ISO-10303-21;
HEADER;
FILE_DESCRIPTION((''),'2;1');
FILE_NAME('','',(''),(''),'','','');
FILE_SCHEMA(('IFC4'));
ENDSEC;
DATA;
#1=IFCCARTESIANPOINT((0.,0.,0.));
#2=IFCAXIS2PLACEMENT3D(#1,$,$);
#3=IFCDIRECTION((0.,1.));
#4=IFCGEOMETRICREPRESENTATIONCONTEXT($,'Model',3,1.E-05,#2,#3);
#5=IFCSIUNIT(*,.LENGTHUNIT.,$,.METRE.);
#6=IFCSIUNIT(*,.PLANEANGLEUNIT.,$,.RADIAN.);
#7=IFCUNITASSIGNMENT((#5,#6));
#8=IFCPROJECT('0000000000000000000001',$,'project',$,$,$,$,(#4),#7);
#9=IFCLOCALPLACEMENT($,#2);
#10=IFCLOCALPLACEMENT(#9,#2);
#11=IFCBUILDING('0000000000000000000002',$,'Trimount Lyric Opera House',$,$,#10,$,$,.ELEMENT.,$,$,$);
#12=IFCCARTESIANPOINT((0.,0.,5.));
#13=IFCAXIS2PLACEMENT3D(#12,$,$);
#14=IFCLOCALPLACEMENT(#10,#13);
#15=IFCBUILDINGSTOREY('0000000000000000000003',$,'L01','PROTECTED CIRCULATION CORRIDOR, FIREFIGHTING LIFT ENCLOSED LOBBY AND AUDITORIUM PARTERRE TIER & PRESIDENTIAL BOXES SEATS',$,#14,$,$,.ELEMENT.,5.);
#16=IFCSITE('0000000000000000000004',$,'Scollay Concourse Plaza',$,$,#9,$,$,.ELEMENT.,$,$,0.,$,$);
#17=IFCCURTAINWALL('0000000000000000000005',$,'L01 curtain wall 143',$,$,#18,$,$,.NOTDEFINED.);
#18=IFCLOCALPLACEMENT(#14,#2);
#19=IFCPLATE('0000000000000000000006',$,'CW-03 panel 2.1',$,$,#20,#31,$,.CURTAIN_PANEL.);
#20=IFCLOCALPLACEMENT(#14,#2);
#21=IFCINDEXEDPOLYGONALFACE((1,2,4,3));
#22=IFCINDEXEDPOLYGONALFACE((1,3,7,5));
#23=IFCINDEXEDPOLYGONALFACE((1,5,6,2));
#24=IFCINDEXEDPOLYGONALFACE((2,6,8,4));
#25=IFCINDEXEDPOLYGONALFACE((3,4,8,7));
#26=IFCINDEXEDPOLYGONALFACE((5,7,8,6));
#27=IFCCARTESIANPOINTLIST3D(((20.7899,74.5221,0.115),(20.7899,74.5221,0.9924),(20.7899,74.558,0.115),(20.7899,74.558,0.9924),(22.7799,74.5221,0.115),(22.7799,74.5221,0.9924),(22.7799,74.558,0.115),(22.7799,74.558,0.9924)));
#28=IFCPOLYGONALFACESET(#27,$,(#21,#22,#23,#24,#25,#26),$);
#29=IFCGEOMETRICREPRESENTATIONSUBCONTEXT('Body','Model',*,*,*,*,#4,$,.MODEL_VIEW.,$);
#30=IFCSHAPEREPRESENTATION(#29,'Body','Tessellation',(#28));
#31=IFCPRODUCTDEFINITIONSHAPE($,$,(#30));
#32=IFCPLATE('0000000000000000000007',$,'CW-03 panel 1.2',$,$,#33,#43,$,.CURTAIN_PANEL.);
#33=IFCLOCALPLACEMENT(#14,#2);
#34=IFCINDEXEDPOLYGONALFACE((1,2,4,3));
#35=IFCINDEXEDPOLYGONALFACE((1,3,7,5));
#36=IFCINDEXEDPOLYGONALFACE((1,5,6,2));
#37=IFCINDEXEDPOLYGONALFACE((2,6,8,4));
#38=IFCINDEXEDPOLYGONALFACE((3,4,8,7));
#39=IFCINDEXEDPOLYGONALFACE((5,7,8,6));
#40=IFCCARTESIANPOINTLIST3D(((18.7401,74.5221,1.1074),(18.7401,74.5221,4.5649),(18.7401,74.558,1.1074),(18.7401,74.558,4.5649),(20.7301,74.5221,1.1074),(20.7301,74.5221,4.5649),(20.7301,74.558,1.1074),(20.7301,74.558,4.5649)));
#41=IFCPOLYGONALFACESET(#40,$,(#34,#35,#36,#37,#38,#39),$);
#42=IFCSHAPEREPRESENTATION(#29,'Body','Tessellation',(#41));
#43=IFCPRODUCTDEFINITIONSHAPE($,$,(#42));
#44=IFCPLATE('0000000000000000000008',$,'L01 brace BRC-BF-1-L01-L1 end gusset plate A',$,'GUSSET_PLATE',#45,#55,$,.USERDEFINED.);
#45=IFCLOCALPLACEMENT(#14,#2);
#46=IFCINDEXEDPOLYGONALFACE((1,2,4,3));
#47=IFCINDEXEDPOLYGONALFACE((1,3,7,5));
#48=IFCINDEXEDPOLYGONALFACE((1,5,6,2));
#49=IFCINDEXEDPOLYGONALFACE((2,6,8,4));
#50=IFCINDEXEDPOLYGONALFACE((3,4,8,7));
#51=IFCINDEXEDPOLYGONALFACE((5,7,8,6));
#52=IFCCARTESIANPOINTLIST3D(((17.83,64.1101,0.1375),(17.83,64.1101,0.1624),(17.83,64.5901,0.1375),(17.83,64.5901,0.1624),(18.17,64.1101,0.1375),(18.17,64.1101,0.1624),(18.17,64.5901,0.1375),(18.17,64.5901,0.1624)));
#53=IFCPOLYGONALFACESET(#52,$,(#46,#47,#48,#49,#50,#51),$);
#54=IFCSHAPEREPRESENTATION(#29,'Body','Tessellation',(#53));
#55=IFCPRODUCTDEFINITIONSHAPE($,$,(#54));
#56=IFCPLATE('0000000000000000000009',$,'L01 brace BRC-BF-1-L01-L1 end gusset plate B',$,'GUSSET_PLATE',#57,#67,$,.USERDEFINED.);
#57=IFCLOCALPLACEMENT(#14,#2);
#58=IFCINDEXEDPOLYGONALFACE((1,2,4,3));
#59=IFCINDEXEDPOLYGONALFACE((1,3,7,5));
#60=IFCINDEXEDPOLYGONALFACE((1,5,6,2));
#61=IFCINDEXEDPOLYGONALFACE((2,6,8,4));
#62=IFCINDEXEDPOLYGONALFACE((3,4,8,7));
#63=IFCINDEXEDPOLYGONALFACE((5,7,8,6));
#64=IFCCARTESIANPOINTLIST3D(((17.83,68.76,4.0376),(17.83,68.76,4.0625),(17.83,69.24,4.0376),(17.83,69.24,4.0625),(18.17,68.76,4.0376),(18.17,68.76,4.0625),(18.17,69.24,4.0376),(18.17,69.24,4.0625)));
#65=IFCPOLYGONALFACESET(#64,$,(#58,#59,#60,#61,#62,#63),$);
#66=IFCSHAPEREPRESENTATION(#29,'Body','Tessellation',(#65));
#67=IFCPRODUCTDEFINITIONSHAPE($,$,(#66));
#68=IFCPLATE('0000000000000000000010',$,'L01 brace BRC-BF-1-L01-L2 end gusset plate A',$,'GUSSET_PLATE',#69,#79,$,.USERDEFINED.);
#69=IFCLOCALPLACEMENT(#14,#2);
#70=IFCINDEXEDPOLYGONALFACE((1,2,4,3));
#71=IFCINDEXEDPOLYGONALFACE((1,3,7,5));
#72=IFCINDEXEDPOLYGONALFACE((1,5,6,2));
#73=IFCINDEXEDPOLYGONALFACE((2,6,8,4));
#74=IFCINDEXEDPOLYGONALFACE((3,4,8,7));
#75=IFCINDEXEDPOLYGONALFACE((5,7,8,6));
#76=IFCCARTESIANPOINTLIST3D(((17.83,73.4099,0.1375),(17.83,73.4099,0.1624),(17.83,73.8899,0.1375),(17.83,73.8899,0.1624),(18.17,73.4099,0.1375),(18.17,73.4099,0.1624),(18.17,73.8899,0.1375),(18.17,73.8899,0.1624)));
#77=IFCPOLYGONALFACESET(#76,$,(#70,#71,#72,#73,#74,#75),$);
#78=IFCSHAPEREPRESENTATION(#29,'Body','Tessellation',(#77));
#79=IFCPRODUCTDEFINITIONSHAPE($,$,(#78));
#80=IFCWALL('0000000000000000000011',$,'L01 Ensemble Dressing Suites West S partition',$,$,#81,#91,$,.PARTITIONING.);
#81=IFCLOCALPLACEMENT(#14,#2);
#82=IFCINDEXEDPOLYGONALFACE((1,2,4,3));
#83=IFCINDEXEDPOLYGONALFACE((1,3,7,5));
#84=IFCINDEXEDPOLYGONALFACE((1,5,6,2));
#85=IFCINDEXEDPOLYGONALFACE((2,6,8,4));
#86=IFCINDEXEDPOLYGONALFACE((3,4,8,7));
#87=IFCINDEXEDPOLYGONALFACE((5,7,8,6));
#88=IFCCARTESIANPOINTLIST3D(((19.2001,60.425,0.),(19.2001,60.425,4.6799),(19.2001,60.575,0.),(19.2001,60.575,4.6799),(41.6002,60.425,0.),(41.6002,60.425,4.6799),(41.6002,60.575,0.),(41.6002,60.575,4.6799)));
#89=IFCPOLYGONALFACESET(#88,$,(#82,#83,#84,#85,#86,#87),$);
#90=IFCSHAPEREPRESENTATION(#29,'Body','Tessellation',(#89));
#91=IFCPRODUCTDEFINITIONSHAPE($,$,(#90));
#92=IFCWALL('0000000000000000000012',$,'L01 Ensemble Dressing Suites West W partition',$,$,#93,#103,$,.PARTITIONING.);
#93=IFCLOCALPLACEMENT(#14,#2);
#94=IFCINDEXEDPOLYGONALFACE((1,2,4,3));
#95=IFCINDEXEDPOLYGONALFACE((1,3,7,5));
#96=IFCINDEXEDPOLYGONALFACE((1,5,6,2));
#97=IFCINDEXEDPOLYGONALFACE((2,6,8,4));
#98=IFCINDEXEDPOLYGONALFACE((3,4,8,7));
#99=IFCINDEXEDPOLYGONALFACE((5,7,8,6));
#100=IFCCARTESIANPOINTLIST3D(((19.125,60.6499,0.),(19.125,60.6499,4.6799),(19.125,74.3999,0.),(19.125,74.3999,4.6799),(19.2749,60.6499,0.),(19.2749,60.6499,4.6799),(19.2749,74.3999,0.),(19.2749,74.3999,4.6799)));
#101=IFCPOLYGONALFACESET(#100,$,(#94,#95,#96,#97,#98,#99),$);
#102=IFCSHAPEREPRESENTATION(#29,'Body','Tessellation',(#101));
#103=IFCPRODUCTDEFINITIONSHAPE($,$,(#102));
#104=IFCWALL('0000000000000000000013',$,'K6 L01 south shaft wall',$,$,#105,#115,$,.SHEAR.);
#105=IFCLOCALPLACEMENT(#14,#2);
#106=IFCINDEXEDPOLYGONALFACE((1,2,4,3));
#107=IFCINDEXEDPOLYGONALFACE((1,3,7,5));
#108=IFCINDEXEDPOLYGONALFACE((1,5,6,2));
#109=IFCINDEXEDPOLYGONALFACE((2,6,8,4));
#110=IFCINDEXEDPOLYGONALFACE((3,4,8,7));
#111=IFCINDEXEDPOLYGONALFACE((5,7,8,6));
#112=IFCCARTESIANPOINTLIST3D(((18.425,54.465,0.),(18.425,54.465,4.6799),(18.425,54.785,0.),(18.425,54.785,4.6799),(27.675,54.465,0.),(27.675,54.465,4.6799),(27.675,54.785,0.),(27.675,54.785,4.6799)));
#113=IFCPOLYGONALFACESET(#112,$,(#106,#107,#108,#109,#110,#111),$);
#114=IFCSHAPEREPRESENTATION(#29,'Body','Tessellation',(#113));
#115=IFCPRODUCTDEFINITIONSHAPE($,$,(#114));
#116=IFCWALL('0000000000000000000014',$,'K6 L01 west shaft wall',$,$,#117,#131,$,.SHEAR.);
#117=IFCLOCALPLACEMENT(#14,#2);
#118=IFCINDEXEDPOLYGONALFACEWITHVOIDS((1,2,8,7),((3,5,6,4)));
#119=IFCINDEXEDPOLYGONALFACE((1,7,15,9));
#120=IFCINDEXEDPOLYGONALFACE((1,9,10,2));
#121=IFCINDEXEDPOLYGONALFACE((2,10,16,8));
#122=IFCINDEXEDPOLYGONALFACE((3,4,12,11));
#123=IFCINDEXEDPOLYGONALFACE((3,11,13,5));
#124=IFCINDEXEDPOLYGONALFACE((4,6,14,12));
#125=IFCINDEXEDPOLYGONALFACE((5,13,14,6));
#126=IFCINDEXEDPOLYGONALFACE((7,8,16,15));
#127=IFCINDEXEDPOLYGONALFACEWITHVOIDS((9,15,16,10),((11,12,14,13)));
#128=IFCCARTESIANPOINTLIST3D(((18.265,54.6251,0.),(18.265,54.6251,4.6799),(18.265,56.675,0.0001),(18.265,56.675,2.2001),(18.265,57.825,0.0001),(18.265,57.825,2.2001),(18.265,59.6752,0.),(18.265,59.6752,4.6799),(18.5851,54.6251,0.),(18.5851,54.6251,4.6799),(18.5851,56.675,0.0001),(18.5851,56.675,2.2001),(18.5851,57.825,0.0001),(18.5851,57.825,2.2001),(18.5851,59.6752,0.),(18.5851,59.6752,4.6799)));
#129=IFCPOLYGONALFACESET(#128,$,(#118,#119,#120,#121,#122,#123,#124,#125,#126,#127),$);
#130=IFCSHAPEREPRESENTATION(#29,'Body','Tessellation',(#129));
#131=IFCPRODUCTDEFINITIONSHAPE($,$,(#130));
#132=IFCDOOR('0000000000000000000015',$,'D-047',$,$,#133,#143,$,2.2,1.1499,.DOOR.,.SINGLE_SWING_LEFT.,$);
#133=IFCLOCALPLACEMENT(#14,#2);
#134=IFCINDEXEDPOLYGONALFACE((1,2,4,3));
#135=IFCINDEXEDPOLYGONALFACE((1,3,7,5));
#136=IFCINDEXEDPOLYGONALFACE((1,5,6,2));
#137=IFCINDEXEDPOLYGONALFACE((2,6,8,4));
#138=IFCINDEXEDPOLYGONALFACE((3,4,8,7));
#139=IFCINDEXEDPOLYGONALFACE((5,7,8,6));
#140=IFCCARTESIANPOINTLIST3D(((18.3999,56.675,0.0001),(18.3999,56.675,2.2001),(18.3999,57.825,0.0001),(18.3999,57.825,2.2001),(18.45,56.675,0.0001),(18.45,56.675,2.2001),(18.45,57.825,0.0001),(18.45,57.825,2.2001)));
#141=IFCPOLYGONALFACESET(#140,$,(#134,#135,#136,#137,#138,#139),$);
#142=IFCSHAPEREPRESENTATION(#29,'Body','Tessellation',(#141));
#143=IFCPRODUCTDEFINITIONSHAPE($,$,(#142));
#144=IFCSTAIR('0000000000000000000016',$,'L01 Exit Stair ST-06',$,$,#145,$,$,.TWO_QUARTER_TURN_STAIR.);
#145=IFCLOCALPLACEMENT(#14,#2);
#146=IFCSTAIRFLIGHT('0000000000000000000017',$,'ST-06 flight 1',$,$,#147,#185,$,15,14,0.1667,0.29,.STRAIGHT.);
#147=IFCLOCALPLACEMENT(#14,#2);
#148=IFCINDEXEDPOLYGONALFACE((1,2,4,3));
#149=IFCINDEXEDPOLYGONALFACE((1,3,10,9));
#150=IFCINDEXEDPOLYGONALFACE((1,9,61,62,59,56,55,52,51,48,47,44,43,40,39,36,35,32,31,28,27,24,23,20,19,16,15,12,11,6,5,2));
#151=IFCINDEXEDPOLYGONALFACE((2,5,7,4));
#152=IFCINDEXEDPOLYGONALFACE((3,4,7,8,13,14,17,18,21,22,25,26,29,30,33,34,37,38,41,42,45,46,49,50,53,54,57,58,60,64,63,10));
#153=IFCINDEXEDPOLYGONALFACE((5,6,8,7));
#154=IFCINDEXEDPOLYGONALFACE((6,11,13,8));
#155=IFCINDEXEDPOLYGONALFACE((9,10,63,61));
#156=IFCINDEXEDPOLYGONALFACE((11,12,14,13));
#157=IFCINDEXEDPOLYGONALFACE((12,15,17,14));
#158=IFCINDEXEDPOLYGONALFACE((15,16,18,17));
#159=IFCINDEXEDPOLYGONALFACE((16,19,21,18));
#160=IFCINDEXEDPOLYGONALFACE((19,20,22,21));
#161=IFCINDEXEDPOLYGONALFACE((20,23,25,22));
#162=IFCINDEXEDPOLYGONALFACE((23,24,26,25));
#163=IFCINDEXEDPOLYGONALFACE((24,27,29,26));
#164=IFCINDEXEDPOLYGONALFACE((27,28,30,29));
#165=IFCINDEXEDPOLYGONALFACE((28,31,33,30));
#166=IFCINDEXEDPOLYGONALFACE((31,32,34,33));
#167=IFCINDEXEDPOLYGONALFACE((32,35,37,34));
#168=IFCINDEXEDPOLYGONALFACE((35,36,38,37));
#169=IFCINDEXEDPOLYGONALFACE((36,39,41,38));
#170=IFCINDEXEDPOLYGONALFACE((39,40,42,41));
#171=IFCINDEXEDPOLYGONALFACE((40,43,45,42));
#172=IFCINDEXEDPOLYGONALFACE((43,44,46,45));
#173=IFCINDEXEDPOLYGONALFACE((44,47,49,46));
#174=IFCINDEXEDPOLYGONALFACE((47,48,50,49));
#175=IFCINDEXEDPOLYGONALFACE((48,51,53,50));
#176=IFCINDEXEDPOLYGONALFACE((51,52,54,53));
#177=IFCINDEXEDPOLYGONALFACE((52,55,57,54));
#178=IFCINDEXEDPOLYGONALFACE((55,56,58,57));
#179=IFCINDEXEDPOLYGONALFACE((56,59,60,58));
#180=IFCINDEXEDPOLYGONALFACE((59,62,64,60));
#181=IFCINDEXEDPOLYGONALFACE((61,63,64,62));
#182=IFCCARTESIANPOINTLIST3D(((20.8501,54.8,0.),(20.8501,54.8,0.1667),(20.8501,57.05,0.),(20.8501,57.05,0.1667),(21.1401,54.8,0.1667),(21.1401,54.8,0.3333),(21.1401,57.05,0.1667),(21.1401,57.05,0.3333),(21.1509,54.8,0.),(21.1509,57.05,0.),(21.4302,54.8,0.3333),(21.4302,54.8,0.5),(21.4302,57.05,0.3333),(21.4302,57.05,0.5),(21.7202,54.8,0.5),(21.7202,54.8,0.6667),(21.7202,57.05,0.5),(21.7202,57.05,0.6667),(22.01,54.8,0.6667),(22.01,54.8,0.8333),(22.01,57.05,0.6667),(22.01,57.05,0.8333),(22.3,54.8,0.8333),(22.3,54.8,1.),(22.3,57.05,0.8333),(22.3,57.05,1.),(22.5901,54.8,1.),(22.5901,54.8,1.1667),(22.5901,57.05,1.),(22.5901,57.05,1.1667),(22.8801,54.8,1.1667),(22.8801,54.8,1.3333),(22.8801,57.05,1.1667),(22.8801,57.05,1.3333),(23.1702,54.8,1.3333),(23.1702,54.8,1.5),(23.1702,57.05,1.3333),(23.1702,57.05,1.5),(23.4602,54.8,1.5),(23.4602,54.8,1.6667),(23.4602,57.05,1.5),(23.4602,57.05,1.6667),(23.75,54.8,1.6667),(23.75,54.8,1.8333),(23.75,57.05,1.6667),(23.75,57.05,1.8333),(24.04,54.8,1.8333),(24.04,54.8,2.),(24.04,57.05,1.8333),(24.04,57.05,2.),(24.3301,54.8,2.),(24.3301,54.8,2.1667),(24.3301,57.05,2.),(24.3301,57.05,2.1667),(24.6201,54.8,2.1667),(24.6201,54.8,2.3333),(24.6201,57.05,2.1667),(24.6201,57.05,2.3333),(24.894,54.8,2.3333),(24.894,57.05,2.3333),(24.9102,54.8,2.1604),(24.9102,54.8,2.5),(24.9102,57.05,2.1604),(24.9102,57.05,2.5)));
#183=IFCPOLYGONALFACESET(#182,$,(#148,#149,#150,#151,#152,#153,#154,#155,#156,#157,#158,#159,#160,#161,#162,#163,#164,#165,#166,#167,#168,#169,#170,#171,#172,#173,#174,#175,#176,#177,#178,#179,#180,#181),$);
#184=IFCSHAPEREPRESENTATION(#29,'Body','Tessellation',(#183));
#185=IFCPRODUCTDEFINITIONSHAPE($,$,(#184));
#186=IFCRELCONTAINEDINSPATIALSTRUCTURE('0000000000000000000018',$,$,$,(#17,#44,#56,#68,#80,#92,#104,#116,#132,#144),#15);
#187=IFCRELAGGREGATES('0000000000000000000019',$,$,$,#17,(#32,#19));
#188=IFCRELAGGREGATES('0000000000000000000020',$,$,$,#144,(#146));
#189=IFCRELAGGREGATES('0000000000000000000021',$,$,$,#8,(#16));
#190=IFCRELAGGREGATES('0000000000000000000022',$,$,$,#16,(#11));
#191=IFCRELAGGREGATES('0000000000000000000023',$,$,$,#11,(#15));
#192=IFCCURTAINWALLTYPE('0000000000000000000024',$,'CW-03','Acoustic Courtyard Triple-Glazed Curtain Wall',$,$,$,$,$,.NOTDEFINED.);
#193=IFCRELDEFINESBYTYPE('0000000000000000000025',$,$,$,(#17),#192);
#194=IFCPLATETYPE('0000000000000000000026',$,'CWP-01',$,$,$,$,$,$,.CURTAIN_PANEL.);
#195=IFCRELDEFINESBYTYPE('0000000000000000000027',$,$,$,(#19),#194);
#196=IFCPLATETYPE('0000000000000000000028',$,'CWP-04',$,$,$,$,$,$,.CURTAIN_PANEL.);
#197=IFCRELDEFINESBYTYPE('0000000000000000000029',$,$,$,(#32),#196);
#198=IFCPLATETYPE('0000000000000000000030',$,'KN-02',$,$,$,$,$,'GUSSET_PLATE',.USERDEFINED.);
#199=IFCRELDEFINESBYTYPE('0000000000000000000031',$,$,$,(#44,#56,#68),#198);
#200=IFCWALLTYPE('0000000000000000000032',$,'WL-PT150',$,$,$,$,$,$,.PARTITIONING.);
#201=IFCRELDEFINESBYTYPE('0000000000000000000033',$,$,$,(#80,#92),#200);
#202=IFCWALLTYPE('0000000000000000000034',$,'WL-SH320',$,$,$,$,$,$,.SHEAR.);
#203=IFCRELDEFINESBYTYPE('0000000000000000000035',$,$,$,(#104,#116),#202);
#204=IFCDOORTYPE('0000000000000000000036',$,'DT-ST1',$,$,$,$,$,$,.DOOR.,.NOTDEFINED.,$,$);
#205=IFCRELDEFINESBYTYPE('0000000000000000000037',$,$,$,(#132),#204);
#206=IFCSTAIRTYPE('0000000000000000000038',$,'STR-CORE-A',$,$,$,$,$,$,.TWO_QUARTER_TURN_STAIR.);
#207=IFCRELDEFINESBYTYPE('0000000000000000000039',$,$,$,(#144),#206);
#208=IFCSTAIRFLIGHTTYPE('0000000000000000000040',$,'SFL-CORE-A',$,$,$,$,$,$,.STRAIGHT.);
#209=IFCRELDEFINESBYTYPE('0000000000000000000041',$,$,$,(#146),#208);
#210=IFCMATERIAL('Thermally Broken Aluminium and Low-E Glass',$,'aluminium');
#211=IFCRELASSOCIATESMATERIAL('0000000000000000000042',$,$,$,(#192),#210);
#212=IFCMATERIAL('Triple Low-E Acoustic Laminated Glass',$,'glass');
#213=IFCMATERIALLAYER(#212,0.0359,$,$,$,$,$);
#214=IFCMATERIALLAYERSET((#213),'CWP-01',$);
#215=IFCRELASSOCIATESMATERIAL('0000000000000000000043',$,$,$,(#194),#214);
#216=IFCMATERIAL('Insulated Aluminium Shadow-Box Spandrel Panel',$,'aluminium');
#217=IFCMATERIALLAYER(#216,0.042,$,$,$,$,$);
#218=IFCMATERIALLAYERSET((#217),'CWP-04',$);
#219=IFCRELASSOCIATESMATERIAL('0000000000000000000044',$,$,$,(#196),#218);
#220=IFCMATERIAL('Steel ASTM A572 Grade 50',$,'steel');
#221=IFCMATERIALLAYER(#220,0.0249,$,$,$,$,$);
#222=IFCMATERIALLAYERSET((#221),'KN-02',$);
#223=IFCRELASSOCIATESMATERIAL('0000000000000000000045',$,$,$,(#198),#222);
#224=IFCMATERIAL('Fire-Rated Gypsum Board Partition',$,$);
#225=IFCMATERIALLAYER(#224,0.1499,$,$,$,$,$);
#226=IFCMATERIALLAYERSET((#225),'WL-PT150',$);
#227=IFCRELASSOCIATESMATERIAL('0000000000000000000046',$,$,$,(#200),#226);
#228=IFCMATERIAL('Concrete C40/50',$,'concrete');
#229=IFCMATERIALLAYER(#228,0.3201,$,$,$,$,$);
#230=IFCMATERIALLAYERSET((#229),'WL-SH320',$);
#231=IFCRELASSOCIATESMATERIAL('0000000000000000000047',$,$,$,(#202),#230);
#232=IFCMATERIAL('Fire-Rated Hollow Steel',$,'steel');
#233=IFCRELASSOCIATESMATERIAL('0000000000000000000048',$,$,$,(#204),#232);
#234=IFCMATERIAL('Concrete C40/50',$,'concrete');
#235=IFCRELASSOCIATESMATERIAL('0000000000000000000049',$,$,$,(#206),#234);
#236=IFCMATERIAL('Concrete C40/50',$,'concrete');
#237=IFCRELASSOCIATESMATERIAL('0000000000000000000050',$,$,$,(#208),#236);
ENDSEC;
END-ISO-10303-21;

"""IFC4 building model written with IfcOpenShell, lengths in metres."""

from ifc_helpers import new_model, si_unit, direction, frame, frame_2d, origin, origin_2d, place, context, subcontext, project, spatial, polyline, rectangle, outline, extrude, material, layer, layer_set, type_object, element, fill, aggregate, save


model = new_model("IFC4")

# Units and contexts
model_context = context("Model", 3, precision=1e-05, world=origin(), true_north=direction((0.0, 1.0)))
body_context = subcontext(model_context, "Body", "Model", "MODEL_VIEW")
ifc_project = project(units=[si_unit("LENGTHUNIT", "METRE"), si_unit("PLANEANGLEUNIT", "RADIAN")], contexts=[model_context])

# Site, building, storey
site_placement = place(None, origin())
site = spatial("IfcSite", under=ifc_project, at=site_placement, Name="Scollay Concourse Plaza", CompositionType="ELEMENT", RefElevation=0.0)
building_placement = place(site_placement, origin())
building = spatial("IfcBuilding", under=site, at=building_placement, Name="Trimount Lyric Opera House", CompositionType="ELEMENT")
storey_placement = place(building_placement, frame((0.0, 0.0, 5.0)))
storey = spatial("IfcBuildingStorey", under=building, at=storey_placement, Name="L01", Description="PROTECTED CIRCULATION CORRIDOR, FIREFIGHTING LIFT ENCLOSED LOBBY AND AUDITORIUM PARTERRE TIER & PRESIDENTIAL BOXES SEATS", CompositionType="ELEMENT", Elevation=5.0)

# Curtain wall
ifc_material_1 = material(Name="Thermally Broken Aluminium and Low-E Glass", Category="aluminium")
curtain_wall_type = type_object("IfcCurtainWallType", Name="CW-03", Description="Acoustic Courtyard Triple-Glazed Curtain Wall", PredefinedType="NOTDEFINED", material=ifc_material_1)
curtain_wall_placement = place(storey_placement, origin())
curtain_wall = element("IfcCurtainWall", 1, at=curtain_wall_placement, inside=storey, type_object=curtain_wall_type, Name="L01 curtain wall 143", PredefinedType="NOTDEFINED")

# Plates
ifc_material_2 = material(Name="Triple Low-E Acoustic Laminated Glass", Category="glass")
ifc_layer_1 = layer(ifc_material_2, 0.0359)
ifc_layer_set_1 = layer_set([ifc_layer_1], Name="CWP-01")
plate_type_1 = type_object("IfcPlateType", Name="CWP-01", PredefinedType="CURTAIN_PANEL", material=ifc_layer_set_1)
plate_1_placement = place(storey_placement, frame((21.7849, 74.54, 0.115), z_axis=(0.0, 0.0, 1.0), x_axis=(1.0, 0.0, 0.0)))
plate_1 = element("IfcPlate", 2, at=plate_1_placement, type_object=plate_type_1, Name="CW-03 panel 2.1", PredefinedType="CURTAIN_PANEL", context=body_context, shape_type="SweptSolid", body=[
    extrude(rectangle(XDim=1.99, YDim=0.0359, at=origin_2d()), origin(), (0.0, 0.0, 1.0), 0.8774),
])
ifc_material_3 = material(Name="Insulated Aluminium Shadow-Box Spandrel Panel", Category="aluminium")
ifc_layer_2 = layer(ifc_material_3, 0.042)
ifc_layer_set_2 = layer_set([ifc_layer_2], Name="CWP-04")
plate_type_2 = type_object("IfcPlateType", Name="CWP-04", PredefinedType="CURTAIN_PANEL", material=ifc_layer_set_2)
plate_2_placement = place(storey_placement, frame((19.7351, 74.54, 1.1074), z_axis=(0.0, 0.0, 1.0), x_axis=(1.0, 0.0, 0.0)))
plate_2 = element("IfcPlate", 3, at=plate_2_placement, type_object=plate_type_2, Name="CW-03 panel 1.2", PredefinedType="CURTAIN_PANEL", context=body_context, shape_type="SweptSolid", body=[
    extrude(rectangle(XDim=1.99, YDim=0.0359, at=origin_2d()), origin(), (0.0, 0.0, 1.0), 3.4575),
])
aggregate(curtain_wall, [plate_2, plate_1])

# Plates
ifc_material_4 = material(Name="Steel ASTM A572 Grade 50", Category="steel")
ifc_layer_3 = layer(ifc_material_4, 0.0249)
ifc_layer_set_3 = layer_set([ifc_layer_3], Name="KN-02")
plate_type_3 = type_object("IfcPlateType", Name="KN-02", ElementType="GUSSET_PLATE", PredefinedType="USERDEFINED", material=ifc_layer_set_3)
for number, where, z_axis, x_axis, name in (
    (4, (18.0, 64.3501, 0.1375), (0.0, 0.0, 1.0), (0.0, 1.0, 0.0), "L01 brace BRC-BF-1-L01-L1 end gusset plate A"),
    (5, (18.0, 69.0, 4.0376), (0.0, 0.0, 1.0), (0.0, 1.0, 0.0), "L01 brace BRC-BF-1-L01-L1 end gusset plate B"),
    (6, (18.0, 73.6499, 0.1375), (0.0, 0.0, 1.0), (0.0, -1.0, 0.0), "L01 brace BRC-BF-1-L01-L2 end gusset plate A"),
):
    element("IfcPlate", number, at=place(storey_placement, frame(where, z_axis=z_axis, x_axis=x_axis)), inside=storey, type_object=plate_type_3, Name=name, ObjectType="GUSSET_PLATE", PredefinedType="USERDEFINED", context=body_context, shape_type="SweptSolid", body=[
        extrude(rectangle(XDim=0.48, YDim=0.3401, at=origin_2d()), origin(), (0.0, 0.0, 1.0), 0.0249),
    ])

# Walls
ifc_material_5 = material(Name="Fire-Rated Gypsum Board Partition")
ifc_layer_4 = layer(ifc_material_5, 0.1499)
ifc_layer_set_4 = layer_set([ifc_layer_4], Name="WL-PT150")
wall_type_1 = type_object("IfcWallType", Name="WL-PT150", PredefinedType="PARTITIONING", material=ifc_layer_set_4)
wall_1_placement = place(storey_placement, frame((19.2, 60.5, 0.0), z_axis=(0.0, 0.0, 1.0), x_axis=(1.0, 0.0, 0.0)))
element("IfcWall", 7, at=wall_1_placement, inside=storey, type_object=wall_type_1, Name="L01 Ensemble Dressing Suites West S partition", PredefinedType="PARTITIONING", context=body_context, shape_type="SweptSolid", body=[
    extrude(rectangle(XDim=22.4001, YDim=0.1499, at=frame_2d((11.2002, 0.0))), origin(), (0.0, 0.0, 1.0), 4.6799),
])
wall_2_placement = place(storey_placement, frame((19.2, 74.3999, 0.0), z_axis=(0.0, 0.0, 1.0), x_axis=(0.0, -1.0, 0.0)))
element("IfcWall", 8, at=wall_2_placement, inside=storey, type_object=wall_type_1, Name="L01 Ensemble Dressing Suites West W partition", PredefinedType="PARTITIONING", context=body_context, shape_type="SweptSolid", body=[
    extrude(rectangle(XDim=13.75, YDim=0.1499, at=frame_2d((6.875, 0.0))), origin(), (0.0, 0.0, 1.0), 4.6799),
])
ifc_material_6 = material(Name="Concrete C40/50", Category="concrete")
ifc_layer_5 = layer(ifc_material_6, 0.3201)
ifc_layer_set_5 = layer_set([ifc_layer_5], Name="WL-SH320")
wall_type_2 = type_object("IfcWallType", Name="WL-SH320", PredefinedType="SHEAR", material=ifc_layer_set_5)
wall_3_placement = place(storey_placement, frame((18.425, 54.625, 0.0), z_axis=(0.0, 0.0, 1.0), x_axis=(1.0, 0.0, 0.0)))
element("IfcWall", 9, at=wall_3_placement, inside=storey, type_object=wall_type_2, Name="K6 L01 south shaft wall", PredefinedType="SHEAR", context=body_context, shape_type="SweptSolid", body=[
    extrude(rectangle(XDim=9.25, YDim=0.3201, at=frame_2d((4.625, 0.0))), origin(), (0.0, 0.0, 1.0), 4.6799),
])

# Wall, opening, door
wall_4_placement = place(storey_placement, frame((18.425, 59.675, 0.0), z_axis=(0.0, 0.0, 1.0), x_axis=(0.0, -1.0, 0.0)))
wall_4 = element("IfcWall", 10, at=wall_4_placement, inside=storey, type_object=wall_type_2, Name="K6 L01 west shaft wall", PredefinedType="SHEAR", context=body_context, shape_type="SweptSolid", body=[
    extrude(rectangle(XDim=5.05, YDim=0.3201, at=frame_2d((2.5249, 0.0))), origin(), (0.0, 0.0, 1.0), 4.6799),
])
opening_placement = place(wall_4_placement, frame((1.8501, 0.0, 0.0)))
opening = element("IfcOpeningElement", 11, at=opening_placement, cuts=wall_4, PredefinedType="OPENING", context=body_context, shape_type="SweptSolid", body=[
    extrude(rectangle(XDim=1.1499, YDim=2.2, at=frame_2d((0.575, 1.1001))), frame((0.0, 0.1699, 0.0), z_axis=(0.0, -1.0, 0.0), x_axis=(1.0, 0.0, 0.0)), (0.0, 0.0, 1.0), 0.3401),
])
ifc_material_7 = material(Name="Fire-Rated Hollow Steel", Category="steel")
door_type = type_object("IfcDoorType", Name="DT-ST1", OperationType="NOTDEFINED", PredefinedType="DOOR", material=ifc_material_7)
door_placement = place(opening_placement, origin())
door = element("IfcDoor", 12, at=door_placement, inside=storey, type_object=door_type, Name="D-047", OperationType="SINGLE_SWING_LEFT", OverallHeight=2.2, OverallWidth=1.1499, PredefinedType="DOOR", context=body_context, shape_type="SweptSolid", body=[
    extrude(rectangle(XDim=1.1499, YDim=2.2, at=frame_2d((0.575, 1.1001))), frame((0.0, 0.0249, 0.0), z_axis=(0.0, -1.0, 0.0), x_axis=(1.0, 0.0, 0.0)), (0.0, 0.0, 1.0), 0.05),
])
fill(opening, door)

# Stair, stair flight
ifc_material_8 = material(Name="Concrete C40/50", Category="concrete")
stair_type = type_object("IfcStairType", Name="STR-CORE-A", PredefinedType="TWO_QUARTER_TURN_STAIR", material=ifc_material_8)
stair_placement = place(storey_placement, origin())
stair = element("IfcStair", 13, at=stair_placement, inside=storey, type_object=stair_type, Name="L01 Exit Stair ST-06", PredefinedType="TWO_QUARTER_TURN_STAIR")
ifc_material_9 = material(Name="Concrete C40/50", Category="concrete")
stair_flight_type = type_object("IfcStairFlightType", Name="SFL-CORE-A", PredefinedType="STRAIGHT", material=ifc_material_9)
stair_flight_placement = place(storey_placement, frame((20.8501, 55.925, 0.0), z_axis=(0.0, 0.0, 1.0), x_axis=(1.0, 0.0, 0.0)))
stair_flight = element("IfcStairFlight", 14, at=stair_flight_placement, type_object=stair_flight_type, Name="ST-06 flight 1", NumberOfRisers=15, NumberOfTreads=14, PredefinedType="STRAIGHT", RiserHeight=0.1667, TreadLength=0.29, context=body_context, shape_type="SweptSolid", body=[
    extrude(outline(polyline([(0.0, 0.0), (0.0, 0.1667), (0.29, 0.1667), (0.29, 0.3333), (0.5801, 0.3333), (0.5801, 0.5), (0.8701, 0.5), (0.8701, 0.6667), (1.1599, 0.6667), (1.1599, 0.8333), (1.45, 0.8333), (1.45, 1.0), (1.74, 1.0), (1.74, 1.1667), (2.03, 1.1667), (2.03, 1.3333), (2.3201, 1.3333), (2.3201, 1.5), (2.6101, 1.5), (2.6101, 1.6667), (2.8999, 1.6667), (2.8999, 1.8333), (3.1899, 1.8333), (3.1899, 2.0), (3.48, 2.0), (3.48, 2.1667), (3.77, 2.1667), (3.77, 2.3333), (4.0439, 2.3333), (4.0601, 2.5), (4.0601, 2.1604), (0.3008, 0.0), (0.0, 0.0)])), frame((0.0, 1.125, 0.0), z_axis=(0.0, -1.0, 0.0), x_axis=(1.0, 0.0, 0.0)), (0.0, 0.0, 1.0), 2.25),
])
aggregate(stair, [stair_flight])

save(model, "model.ifc")
